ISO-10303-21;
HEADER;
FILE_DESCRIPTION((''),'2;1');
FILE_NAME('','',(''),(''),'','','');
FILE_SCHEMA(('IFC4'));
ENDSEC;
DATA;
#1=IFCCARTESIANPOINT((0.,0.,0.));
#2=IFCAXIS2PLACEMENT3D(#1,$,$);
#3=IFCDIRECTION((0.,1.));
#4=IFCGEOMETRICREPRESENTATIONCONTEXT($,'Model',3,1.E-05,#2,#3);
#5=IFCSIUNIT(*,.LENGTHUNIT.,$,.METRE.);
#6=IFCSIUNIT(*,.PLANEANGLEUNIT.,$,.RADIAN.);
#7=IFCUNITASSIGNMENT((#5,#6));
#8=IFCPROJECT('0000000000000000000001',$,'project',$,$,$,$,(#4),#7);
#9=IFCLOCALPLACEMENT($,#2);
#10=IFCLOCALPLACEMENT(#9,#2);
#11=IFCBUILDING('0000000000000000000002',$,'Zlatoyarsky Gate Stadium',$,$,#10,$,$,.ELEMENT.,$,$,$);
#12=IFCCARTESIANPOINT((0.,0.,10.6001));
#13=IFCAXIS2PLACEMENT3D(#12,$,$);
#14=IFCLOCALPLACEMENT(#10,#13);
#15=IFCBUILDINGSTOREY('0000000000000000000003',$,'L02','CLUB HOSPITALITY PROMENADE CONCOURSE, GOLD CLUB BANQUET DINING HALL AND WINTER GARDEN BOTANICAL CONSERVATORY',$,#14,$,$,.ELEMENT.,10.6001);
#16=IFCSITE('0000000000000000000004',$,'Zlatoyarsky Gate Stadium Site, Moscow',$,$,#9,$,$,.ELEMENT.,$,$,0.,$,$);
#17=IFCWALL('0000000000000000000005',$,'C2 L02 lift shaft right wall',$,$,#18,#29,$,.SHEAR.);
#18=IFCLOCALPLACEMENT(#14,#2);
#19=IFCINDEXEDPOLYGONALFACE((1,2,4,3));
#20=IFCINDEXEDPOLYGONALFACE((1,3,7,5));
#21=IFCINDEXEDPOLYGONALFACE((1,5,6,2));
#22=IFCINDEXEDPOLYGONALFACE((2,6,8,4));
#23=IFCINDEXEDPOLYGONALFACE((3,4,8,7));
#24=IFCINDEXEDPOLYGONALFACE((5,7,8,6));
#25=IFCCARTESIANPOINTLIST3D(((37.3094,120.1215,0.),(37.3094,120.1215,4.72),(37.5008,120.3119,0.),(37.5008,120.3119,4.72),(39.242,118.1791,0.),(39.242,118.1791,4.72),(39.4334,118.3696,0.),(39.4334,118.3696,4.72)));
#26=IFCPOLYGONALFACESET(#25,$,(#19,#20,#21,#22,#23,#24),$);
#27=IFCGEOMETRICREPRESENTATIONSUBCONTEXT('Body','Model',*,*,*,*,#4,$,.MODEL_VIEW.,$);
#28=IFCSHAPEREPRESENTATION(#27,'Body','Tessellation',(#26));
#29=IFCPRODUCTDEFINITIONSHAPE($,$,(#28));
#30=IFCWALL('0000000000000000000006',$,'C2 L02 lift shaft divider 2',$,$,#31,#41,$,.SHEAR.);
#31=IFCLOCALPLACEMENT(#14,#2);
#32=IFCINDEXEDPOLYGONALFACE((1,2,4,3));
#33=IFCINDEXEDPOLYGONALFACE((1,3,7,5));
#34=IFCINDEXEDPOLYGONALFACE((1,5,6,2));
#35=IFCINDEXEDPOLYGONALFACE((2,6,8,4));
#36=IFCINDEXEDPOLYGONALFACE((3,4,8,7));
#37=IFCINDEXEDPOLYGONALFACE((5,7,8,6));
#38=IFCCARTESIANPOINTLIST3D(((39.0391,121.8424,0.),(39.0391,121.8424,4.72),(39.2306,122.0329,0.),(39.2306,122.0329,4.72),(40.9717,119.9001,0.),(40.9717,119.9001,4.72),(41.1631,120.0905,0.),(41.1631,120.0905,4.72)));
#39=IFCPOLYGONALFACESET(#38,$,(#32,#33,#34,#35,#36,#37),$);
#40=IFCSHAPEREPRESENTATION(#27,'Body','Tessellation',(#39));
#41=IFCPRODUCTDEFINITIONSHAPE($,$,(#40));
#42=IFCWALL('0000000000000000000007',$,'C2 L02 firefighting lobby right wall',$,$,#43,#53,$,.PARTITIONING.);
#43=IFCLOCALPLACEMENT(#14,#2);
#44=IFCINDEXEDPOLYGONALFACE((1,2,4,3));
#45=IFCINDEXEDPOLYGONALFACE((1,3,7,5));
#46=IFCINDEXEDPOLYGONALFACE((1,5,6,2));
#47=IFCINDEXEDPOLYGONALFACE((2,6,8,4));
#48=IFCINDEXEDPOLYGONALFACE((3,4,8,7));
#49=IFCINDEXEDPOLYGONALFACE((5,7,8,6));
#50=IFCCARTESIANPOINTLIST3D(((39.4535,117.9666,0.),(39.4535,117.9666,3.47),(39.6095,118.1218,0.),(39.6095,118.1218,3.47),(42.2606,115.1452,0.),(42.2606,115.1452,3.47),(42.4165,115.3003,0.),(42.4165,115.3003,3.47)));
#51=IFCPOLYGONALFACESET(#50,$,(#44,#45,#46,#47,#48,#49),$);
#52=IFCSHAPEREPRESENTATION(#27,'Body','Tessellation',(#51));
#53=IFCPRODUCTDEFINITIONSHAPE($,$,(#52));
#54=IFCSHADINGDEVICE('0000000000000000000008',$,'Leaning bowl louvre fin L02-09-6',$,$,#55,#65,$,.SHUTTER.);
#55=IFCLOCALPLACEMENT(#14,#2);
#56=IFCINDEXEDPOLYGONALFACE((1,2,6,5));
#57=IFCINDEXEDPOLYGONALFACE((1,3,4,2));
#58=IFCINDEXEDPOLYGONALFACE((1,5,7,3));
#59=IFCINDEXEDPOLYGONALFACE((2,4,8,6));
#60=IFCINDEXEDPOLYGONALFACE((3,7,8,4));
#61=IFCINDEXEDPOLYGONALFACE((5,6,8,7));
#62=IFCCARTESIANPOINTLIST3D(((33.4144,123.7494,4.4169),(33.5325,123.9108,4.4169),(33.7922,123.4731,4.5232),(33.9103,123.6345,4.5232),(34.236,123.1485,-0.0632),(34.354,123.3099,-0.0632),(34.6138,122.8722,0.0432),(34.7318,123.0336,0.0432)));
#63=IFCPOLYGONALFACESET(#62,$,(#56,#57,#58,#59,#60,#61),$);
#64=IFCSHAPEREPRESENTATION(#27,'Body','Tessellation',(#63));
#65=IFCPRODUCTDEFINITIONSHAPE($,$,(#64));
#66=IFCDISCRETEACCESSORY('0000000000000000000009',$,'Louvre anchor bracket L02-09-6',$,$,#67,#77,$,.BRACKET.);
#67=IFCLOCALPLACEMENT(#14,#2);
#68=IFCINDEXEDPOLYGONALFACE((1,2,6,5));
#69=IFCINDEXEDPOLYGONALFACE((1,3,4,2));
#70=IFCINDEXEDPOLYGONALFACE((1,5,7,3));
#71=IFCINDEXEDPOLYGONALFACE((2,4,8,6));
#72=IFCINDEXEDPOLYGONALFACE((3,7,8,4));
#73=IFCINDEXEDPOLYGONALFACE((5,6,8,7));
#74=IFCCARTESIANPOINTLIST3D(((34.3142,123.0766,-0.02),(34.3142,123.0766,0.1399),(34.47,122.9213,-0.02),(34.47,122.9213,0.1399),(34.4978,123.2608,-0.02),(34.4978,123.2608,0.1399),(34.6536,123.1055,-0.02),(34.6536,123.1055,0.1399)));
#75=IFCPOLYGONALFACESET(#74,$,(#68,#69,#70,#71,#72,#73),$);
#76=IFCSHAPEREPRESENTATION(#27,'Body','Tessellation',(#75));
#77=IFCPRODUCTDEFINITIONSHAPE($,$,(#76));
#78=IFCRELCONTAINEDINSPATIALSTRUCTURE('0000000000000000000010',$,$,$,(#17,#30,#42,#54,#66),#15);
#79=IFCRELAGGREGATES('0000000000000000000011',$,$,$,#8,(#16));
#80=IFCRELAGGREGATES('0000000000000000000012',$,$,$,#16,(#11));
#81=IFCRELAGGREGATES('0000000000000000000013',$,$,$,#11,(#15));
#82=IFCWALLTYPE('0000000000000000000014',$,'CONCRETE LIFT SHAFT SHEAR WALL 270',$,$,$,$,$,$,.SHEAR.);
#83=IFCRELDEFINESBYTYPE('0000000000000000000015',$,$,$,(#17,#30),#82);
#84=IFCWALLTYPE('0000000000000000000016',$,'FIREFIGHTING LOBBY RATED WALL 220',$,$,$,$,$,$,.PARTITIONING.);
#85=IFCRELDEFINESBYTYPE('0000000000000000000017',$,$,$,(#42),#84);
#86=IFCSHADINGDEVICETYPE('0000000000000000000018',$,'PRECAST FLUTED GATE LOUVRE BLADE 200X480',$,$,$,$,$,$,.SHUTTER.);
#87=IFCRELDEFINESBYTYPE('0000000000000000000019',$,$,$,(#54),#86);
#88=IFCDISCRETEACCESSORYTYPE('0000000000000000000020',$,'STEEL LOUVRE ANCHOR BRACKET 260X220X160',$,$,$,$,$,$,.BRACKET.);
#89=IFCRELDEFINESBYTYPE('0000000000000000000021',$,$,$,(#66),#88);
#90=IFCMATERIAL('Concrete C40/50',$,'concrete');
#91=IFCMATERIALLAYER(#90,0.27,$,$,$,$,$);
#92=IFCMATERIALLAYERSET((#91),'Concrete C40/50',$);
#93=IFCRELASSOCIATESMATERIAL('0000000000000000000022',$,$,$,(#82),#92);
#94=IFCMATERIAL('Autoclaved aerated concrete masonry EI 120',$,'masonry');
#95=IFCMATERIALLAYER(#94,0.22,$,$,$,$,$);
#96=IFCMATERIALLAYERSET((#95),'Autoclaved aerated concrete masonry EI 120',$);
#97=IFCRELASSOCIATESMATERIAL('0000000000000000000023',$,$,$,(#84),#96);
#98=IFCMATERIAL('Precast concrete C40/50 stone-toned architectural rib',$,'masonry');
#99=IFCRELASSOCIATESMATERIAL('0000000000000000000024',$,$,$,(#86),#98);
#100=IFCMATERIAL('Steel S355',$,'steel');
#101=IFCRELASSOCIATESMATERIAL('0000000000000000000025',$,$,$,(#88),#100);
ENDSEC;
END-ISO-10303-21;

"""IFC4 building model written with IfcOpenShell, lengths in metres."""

from ifc_helpers import new_model, si_unit, direction, frame, frame_2d, origin, origin_2d, place, context, subcontext, project, spatial, rectangle, extrude, material, layer, layer_set, material_profile, profile_set, type_object, element, save


model = new_model("IFC4")

# Units and contexts
model_context = context("Model", 3, precision=1e-05, world=origin(), true_north=direction((0.0, 1.0)))
body_context = subcontext(model_context, "Body", "Model", "MODEL_VIEW")
ifc_project = project(units=[si_unit("LENGTHUNIT", "METRE"), si_unit("PLANEANGLEUNIT", "RADIAN")], contexts=[model_context])

# Site, building, storey
site_placement = place(None, origin())
site = spatial("IfcSite", under=ifc_project, at=site_placement, Name="Zlatoyarsky Gate Stadium Site, Moscow", CompositionType="ELEMENT", RefElevation=0.0)
building_placement = place(site_placement, origin())
building = spatial("IfcBuilding", under=site, at=building_placement, Name="Zlatoyarsky Gate Stadium", CompositionType="ELEMENT")
storey_placement = place(building_placement, frame((0.0, 0.0, 10.6001)))
storey = spatial("IfcBuildingStorey", under=building, at=storey_placement, Name="L02", Description="CLUB HOSPITALITY PROMENADE CONCOURSE, GOLD CLUB BANQUET DINING HALL AND WINTER GARDEN BOTANICAL CONSERVATORY", CompositionType="ELEMENT", Elevation=10.6001)

# Shared definitions
ifc_material_1 = material(Name="Steel S355", Category="steel")

# Walls
ifc_material_2 = material(Name="Concrete C40/50", Category="concrete")
ifc_layer_1 = layer(ifc_material_2, 0.27)
ifc_layer_set_1 = layer_set([ifc_layer_1], Name="Concrete C40/50")
wall_type_1 = type_object("IfcWallType", Name="CONCRETE LIFT SHAFT SHEAR WALL 270", PredefinedType="SHEAR", material=ifc_layer_set_1)
for number, where, z_axis, x_axis, name in (
    (1, (37.405, 120.2168, 0.0), (0.0, 0.0, 1.0), (0.705323, -0.708887, 0.0), "C2 L02 lift shaft right wall"),
    (2, (39.1348, 121.9377, 0.0), (0.0, 0.0, 1.0), (0.705323, -0.708887, 0.0), "C2 L02 lift shaft divider 2"),
):
    element("IfcWall", number, at=place(storey_placement, frame(where, z_axis=z_axis, x_axis=x_axis)), inside=storey, type_object=wall_type_1, Name=name, PredefinedType="SHEAR", context=body_context, shape_type="SweptSolid", body=[
        extrude(rectangle(XDim=2.74, YDim=0.27, at=frame_2d((1.3701, 0.0))), origin(), (0.0, 0.0, 1.0), 4.72),
    ])
ifc_material_3 = material(Name="Autoclaved aerated concrete masonry EI 120", Category="masonry")
ifc_layer_2 = layer(ifc_material_3, 0.22)
ifc_layer_set_2 = layer_set([ifc_layer_2], Name="Autoclaved aerated concrete masonry EI 120")
wall_type_2 = type_object("IfcWallType", Name="FIREFIGHTING LOBBY RATED WALL 220", PredefinedType="PARTITIONING", material=ifc_layer_set_2)
wall_1_placement = place(storey_placement, frame((39.5315, 118.0442, 0.0), z_axis=(0.0, 0.0, 1.0), x_axis=(0.705295, -0.708914, 0.0)))
element("IfcWall", 3, at=wall_1_placement, inside=storey, type_object=wall_type_2, Name="C2 L02 firefighting lobby right wall", PredefinedType="PARTITIONING", context=body_context, shape_type="SweptSolid", body=[
    extrude(rectangle(XDim=3.98, YDim=0.22, at=frame_2d((1.99, 0.0))), origin(), (0.0, 0.0, 1.0), 3.47),
])

# Shading device
ifc_material_4 = material(Name="Precast concrete C40/50 stone-toned architectural rib", Category="masonry")
ifc_material_profile_1 = material_profile(ifc_material_4, rectangle(XDim=0.2, YDim=0.48, at=origin_2d()), Name="RIB 200X480")
ifc_profile_set_1 = profile_set([ifc_material_profile_1], Name="Precast concrete C40/50 stone-toned architectural rib")
shading_device_type = type_object("IfcShadingDeviceType", Name="PRECAST FLUTED GATE LOUVRE BLADE 200X480", PredefinedType="SHUTTER", material=ifc_profile_set_1)
shading_device_placement = place(storey_placement, frame((34.4839, 123.0911, -0.01), z_axis=(-0.178822, 0.130782, 0.975151), x_axis=(-0.590323, -0.807167, 0.0)))
element("IfcShadingDevice", 4, at=shading_device_placement, inside=storey, type_object=shading_device_type, Name="Leaning bowl louvre fin L02-09-6", PredefinedType="SHUTTER", context=body_context, shape_type="SweptSolid", body=[
    extrude(rectangle(XDim=0.2, YDim=0.48, at=origin_2d()), origin(), (0.0, 0.0, 1.0), 4.5942),
])

# Discrete accessory
discrete_accessory_type = type_object("IfcDiscreteAccessoryType", Name="STEEL LOUVRE ANCHOR BRACKET 260X220X160", PredefinedType="BRACKET", material=ifc_material_1)
discrete_accessory_placement = place(storey_placement, frame((34.4839, 123.0911, -0.02), z_axis=(0.0, 0.0, 1.0), x_axis=(-0.705937, -0.708274, 0.0)))
element("IfcDiscreteAccessory", 5, at=discrete_accessory_placement, inside=storey, type_object=discrete_accessory_type, Name="Louvre anchor bracket L02-09-6", PredefinedType="BRACKET", context=body_context, shape_type="SweptSolid", body=[
    extrude(rectangle(XDim=0.26, YDim=0.22, at=origin_2d()), origin(), (0.0, 0.0, 1.0), 0.1599),
])

save(model, "model.ifc")
